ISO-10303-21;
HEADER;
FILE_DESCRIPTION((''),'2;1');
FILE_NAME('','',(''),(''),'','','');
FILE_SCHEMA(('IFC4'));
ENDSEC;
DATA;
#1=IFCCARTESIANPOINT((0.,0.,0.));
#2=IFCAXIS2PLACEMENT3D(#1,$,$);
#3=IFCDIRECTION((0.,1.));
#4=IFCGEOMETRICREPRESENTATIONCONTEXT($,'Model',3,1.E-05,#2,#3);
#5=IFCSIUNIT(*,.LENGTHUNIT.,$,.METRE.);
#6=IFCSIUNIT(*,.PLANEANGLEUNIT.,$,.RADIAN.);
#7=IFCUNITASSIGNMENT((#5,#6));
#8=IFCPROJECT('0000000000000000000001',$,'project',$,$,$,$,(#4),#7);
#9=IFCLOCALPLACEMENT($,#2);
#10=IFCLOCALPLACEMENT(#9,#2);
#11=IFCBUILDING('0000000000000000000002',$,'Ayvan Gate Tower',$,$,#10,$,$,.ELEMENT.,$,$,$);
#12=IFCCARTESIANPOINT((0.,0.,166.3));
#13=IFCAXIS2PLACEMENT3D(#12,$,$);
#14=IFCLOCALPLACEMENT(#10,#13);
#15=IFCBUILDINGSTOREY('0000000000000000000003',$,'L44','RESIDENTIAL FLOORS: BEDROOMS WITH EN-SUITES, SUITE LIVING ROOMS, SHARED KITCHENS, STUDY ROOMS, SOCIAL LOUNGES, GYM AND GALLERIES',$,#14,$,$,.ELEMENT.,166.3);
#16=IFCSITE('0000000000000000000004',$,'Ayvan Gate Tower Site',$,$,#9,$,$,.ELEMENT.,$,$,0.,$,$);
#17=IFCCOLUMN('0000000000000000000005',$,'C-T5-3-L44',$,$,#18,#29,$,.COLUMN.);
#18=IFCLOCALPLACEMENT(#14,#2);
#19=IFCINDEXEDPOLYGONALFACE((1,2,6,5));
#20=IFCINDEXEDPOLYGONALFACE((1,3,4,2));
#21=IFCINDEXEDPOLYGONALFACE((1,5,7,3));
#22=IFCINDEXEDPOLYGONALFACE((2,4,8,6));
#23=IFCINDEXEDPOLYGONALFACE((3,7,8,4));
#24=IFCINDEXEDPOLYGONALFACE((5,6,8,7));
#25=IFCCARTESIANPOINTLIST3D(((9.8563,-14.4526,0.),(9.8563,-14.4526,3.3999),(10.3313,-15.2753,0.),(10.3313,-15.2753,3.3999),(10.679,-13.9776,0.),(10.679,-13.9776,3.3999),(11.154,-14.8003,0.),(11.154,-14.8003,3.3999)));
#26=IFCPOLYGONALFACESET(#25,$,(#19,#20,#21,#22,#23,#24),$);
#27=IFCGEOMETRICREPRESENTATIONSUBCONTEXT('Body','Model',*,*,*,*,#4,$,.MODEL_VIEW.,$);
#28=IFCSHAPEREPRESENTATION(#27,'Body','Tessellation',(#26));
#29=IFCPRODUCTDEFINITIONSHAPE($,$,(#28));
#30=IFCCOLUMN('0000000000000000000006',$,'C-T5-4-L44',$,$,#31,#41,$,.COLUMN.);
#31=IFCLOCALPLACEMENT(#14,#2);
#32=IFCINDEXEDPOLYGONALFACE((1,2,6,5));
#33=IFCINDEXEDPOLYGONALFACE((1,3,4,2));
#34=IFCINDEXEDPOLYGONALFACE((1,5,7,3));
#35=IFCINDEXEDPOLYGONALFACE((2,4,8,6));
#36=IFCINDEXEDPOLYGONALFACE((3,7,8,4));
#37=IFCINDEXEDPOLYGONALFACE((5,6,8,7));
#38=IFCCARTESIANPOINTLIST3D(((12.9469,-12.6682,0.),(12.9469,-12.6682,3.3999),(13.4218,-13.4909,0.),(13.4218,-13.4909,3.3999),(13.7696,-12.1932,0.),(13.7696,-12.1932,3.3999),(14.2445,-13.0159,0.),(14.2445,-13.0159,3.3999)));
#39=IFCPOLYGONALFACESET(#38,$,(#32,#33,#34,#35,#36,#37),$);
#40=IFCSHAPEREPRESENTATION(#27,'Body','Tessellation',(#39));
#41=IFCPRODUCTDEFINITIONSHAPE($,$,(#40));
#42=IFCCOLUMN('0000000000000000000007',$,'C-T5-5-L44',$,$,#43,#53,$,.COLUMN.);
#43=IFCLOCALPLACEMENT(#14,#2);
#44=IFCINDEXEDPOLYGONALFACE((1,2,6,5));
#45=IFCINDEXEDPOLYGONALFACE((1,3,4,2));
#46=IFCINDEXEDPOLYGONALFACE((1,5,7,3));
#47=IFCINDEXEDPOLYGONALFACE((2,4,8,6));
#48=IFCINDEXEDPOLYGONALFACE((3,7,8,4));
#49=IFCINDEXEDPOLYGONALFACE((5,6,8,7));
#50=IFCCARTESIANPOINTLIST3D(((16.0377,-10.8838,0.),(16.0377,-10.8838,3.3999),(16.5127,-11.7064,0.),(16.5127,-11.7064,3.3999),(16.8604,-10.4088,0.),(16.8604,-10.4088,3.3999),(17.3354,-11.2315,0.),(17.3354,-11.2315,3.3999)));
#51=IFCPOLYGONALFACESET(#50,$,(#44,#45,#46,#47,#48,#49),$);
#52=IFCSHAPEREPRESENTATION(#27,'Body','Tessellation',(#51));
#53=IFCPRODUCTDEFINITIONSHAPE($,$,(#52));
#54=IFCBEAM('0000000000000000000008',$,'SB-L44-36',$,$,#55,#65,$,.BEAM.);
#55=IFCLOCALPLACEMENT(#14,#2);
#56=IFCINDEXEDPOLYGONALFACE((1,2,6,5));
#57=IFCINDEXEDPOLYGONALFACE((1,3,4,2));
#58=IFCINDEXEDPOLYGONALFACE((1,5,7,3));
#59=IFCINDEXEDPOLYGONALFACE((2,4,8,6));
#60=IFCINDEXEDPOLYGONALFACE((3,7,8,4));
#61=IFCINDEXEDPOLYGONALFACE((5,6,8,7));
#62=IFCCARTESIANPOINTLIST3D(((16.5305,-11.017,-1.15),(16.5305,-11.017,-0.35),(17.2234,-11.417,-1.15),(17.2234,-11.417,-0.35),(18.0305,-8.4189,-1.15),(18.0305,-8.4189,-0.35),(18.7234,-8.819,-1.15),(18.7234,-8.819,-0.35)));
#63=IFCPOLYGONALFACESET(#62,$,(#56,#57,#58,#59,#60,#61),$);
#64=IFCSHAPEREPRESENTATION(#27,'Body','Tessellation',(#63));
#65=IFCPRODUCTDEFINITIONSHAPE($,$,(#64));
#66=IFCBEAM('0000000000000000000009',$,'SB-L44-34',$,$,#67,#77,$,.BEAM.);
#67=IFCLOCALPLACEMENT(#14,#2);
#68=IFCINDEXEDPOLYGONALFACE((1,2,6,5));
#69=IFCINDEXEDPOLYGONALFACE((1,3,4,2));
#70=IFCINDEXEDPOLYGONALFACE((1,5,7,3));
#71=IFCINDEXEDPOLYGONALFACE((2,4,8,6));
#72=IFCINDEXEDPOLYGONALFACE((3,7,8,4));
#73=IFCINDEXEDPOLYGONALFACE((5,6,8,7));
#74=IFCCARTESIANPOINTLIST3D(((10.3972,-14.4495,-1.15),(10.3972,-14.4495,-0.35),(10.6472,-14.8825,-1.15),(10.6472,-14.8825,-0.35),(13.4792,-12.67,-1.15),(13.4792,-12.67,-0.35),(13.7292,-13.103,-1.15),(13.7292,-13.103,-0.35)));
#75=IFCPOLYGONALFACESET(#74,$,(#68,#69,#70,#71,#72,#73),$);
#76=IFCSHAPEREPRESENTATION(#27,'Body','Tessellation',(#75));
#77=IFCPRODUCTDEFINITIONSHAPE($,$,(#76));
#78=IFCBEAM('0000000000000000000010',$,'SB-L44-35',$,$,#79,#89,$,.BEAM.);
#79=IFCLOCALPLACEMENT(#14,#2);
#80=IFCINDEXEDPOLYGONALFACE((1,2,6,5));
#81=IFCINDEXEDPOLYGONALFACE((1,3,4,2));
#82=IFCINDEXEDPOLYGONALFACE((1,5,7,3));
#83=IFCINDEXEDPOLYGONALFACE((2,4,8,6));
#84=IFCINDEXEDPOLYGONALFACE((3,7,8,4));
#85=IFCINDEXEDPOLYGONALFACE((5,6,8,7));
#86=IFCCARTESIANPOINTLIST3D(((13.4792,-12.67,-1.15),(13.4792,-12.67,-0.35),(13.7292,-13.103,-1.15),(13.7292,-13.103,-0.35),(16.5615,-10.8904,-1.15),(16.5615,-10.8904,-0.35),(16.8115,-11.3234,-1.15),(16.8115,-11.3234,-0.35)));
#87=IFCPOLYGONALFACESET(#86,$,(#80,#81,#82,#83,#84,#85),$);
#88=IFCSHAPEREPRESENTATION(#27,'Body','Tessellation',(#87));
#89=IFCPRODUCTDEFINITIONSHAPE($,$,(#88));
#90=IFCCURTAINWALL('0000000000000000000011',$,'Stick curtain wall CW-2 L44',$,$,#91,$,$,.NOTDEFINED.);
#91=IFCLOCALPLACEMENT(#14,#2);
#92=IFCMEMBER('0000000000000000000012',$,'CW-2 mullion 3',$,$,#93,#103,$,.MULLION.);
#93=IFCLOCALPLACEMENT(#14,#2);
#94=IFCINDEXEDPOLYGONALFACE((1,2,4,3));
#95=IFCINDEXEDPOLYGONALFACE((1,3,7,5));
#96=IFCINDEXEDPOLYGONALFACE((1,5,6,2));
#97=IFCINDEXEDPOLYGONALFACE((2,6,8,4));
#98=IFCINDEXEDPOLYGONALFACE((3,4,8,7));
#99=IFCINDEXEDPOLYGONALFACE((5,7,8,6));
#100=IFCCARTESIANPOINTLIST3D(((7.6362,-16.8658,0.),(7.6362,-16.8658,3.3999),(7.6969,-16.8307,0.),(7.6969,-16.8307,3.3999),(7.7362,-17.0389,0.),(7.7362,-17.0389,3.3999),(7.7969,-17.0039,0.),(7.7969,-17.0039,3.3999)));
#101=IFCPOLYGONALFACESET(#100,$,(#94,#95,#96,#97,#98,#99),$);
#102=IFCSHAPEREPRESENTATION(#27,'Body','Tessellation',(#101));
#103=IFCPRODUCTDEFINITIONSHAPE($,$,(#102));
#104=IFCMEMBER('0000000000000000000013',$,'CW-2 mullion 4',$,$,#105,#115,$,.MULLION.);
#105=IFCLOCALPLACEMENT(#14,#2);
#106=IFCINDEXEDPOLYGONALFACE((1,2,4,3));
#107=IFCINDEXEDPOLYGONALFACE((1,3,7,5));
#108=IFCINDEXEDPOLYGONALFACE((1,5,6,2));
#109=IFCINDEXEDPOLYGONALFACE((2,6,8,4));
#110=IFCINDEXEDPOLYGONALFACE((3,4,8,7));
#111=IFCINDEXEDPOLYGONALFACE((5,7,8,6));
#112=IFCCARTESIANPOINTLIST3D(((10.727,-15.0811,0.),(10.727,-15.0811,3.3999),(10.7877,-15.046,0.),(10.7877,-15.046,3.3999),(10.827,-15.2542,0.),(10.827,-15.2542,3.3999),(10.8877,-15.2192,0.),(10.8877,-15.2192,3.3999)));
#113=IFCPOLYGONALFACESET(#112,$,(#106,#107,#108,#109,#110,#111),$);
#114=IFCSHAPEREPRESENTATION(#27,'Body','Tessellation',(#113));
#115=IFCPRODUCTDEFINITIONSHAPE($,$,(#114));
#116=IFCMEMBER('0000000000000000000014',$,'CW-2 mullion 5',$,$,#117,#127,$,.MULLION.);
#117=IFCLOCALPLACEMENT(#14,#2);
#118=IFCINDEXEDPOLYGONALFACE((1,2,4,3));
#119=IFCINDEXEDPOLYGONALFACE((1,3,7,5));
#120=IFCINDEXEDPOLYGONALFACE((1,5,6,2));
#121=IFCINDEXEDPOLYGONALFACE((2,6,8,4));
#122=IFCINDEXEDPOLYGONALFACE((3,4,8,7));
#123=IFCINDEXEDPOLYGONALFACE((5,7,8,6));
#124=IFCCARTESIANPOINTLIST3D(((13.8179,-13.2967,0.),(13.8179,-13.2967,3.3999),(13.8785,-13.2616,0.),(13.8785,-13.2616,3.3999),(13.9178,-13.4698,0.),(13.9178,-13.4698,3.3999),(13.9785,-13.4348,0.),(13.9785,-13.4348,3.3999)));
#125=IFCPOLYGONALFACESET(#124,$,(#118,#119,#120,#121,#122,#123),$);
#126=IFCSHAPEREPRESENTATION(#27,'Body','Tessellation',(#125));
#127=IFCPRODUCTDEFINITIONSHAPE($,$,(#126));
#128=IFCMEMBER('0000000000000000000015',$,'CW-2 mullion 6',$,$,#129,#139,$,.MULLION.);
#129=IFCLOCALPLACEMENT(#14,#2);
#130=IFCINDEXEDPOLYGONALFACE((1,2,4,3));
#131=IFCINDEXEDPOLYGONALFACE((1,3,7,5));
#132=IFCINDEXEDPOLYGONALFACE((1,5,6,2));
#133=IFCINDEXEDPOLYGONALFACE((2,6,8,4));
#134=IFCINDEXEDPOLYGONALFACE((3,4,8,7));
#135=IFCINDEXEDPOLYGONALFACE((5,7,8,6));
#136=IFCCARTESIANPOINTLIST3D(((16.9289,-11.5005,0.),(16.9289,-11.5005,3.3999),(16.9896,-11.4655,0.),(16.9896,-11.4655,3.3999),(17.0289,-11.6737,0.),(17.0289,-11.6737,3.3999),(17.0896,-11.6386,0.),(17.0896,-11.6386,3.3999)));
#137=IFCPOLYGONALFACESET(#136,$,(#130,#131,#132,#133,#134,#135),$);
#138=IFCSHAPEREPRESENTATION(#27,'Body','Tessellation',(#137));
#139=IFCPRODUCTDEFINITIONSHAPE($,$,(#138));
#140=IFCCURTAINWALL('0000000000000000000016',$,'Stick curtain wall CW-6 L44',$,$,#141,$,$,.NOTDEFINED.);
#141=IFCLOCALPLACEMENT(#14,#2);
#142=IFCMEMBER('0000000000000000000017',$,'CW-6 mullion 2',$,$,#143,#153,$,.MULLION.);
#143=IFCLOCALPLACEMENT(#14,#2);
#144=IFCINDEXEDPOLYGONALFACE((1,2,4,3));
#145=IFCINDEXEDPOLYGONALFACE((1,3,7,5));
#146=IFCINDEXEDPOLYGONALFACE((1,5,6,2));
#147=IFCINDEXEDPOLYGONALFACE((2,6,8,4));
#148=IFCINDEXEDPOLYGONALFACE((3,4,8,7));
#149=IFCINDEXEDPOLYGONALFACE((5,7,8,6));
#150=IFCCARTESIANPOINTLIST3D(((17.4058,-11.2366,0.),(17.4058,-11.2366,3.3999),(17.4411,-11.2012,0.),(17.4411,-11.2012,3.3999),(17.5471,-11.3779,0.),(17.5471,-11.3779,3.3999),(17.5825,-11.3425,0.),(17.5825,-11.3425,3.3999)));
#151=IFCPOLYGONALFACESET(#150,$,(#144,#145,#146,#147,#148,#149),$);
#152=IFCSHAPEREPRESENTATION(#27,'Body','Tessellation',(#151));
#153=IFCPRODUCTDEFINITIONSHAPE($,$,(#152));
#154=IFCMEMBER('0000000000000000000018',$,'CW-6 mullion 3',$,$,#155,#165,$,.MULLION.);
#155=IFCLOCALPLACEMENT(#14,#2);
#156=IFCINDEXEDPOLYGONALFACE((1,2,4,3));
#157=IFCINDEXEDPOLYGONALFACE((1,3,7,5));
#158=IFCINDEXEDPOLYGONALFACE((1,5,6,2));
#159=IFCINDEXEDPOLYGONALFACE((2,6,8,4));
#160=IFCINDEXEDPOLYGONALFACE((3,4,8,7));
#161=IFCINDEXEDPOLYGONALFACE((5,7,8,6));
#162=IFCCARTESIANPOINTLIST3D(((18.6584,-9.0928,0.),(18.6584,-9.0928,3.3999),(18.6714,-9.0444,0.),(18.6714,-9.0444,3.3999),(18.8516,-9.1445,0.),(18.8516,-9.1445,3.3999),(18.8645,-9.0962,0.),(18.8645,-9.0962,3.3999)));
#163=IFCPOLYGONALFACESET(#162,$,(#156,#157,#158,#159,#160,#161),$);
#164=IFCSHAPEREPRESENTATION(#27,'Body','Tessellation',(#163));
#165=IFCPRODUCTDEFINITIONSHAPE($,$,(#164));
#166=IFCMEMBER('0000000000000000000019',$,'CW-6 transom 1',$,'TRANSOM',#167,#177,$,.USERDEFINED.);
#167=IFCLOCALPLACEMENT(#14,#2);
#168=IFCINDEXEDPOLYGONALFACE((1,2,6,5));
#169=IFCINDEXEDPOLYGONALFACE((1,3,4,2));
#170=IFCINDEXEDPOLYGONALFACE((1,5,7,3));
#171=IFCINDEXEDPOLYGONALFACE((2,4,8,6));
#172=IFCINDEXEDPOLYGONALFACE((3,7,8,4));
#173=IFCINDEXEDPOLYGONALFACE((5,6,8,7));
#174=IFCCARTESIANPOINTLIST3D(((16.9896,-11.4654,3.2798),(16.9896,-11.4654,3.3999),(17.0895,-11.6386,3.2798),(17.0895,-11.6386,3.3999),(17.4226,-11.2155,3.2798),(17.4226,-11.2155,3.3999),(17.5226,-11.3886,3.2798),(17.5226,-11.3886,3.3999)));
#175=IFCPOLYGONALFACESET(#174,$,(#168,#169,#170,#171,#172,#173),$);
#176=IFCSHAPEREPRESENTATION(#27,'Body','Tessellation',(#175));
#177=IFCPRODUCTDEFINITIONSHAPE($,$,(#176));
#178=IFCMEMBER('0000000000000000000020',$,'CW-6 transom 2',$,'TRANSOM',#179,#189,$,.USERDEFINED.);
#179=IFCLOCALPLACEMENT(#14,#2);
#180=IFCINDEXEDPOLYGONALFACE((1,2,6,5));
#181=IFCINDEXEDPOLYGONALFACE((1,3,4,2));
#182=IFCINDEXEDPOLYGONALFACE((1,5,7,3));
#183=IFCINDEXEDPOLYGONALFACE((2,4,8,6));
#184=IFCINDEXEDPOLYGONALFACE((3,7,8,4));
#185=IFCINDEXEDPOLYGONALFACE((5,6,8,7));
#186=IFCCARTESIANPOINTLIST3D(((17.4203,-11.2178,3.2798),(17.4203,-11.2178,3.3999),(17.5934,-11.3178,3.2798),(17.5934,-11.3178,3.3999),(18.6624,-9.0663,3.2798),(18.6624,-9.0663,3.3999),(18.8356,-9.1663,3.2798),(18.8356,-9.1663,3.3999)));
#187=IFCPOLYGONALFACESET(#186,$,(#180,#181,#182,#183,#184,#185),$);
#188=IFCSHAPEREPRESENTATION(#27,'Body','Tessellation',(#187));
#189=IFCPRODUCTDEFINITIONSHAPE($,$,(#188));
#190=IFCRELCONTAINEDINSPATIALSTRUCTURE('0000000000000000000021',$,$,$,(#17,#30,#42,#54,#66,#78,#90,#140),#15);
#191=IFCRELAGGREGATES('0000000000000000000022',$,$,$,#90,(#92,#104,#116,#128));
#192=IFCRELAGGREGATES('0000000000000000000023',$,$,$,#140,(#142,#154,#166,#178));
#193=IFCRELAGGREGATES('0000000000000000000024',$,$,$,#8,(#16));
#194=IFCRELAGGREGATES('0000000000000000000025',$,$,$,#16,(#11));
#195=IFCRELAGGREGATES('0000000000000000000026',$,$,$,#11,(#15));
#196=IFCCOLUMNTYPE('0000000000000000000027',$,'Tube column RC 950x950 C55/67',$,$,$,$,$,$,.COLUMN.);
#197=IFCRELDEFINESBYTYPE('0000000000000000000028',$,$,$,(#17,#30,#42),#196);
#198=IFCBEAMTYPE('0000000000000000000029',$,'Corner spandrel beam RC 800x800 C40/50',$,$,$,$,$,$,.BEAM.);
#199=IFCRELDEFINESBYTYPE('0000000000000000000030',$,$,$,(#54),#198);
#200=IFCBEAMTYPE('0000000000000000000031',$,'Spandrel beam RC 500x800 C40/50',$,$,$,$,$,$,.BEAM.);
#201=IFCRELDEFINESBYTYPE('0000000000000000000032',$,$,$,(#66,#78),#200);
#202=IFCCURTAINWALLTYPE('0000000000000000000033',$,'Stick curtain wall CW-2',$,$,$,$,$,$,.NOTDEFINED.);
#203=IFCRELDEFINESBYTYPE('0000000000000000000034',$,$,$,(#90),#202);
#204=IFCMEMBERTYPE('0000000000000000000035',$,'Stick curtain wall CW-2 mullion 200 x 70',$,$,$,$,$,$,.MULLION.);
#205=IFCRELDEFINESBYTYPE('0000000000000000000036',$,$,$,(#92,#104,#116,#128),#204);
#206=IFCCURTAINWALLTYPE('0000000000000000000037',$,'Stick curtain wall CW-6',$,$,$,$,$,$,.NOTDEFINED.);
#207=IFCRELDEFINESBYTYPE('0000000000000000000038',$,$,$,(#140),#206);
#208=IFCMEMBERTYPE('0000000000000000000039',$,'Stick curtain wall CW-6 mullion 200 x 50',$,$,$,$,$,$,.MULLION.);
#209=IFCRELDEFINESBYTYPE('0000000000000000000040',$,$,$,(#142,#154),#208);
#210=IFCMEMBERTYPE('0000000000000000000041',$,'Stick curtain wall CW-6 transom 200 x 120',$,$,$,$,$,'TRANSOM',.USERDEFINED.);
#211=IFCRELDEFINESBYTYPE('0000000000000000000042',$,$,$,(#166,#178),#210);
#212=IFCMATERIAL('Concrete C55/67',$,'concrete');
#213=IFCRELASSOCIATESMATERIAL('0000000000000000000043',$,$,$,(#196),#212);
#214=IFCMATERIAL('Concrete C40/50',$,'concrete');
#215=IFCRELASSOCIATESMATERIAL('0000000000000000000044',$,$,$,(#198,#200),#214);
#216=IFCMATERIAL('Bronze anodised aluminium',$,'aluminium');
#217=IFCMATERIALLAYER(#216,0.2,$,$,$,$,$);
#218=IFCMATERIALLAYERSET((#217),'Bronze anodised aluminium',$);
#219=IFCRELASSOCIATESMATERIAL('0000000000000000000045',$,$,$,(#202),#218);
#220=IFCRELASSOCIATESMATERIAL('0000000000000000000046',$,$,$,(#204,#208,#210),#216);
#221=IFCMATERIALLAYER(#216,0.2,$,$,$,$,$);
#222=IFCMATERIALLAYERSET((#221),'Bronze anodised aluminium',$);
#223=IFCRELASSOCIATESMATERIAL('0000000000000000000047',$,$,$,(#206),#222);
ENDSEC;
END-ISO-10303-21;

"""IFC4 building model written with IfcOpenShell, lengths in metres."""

from ifc_helpers import new_model, si_unit, direction, frame, origin, origin_2d, place, context, subcontext, project, spatial, rectangle, extrude, material, layer, layer_set, material_profile, profile_set, type_object, element, aggregate, save


model = new_model("IFC4")

# Units and contexts
model_context = context("Model", 3, precision=1e-05, world=origin(), true_north=direction((0.0, 1.0)))
body_context = subcontext(model_context, "Body", "Model", "MODEL_VIEW")
ifc_project = project(units=[si_unit("LENGTHUNIT", "METRE"), si_unit("PLANEANGLEUNIT", "RADIAN")], contexts=[model_context])

# Site, building, storey
site_placement = place(None, origin())
site = spatial("IfcSite", under=ifc_project, at=site_placement, Name="Ayvan Gate Tower Site", CompositionType="ELEMENT", RefElevation=0.0)
building_placement = place(site_placement, origin())
building = spatial("IfcBuilding", under=site, at=building_placement, Name="Ayvan Gate Tower", CompositionType="ELEMENT")
storey_placement = place(building_placement, frame((0.0, 0.0, 166.3)))
storey = spatial("IfcBuildingStorey", under=building, at=storey_placement, Name="L44", Description="RESIDENTIAL FLOORS: BEDROOMS WITH EN-SUITES, SUITE LIVING ROOMS, SHARED KITCHENS, STUDY ROOMS, SOCIAL LOUNGES, GYM AND GALLERIES", CompositionType="ELEMENT", Elevation=166.3)

# Columns
ifc_material_1 = material(Name="Concrete C55/67", Category="concrete")
ifc_material_profile_1 = material_profile(ifc_material_1, rectangle(XDim=0.95, YDim=0.95, at=origin_2d()), Name="RC 950x950")
ifc_profile_set_1 = profile_set([ifc_material_profile_1], Name="Concrete C55/67")
column_type = type_object("IfcColumnType", Name="Tube column RC 950x950 C55/67", PredefinedType="COLUMN", material=ifc_profile_set_1)
for number, where, z_axis, x_axis, name in (
    (1, (10.5051, -14.6265, 0.0), (0.0, 0.0, 1.0), (0.5, -0.866025, 0.0), "C-T5-3-L44"),
    (2, (13.5957, -12.842, 0.0), (0.0, 0.0, 1.0), (0.5, -0.866025, 0.0), "C-T5-4-L44"),
    (3, (16.6865, -11.0576, 0.0), (0.0, 0.0, 1.0), (0.5, -0.866025, 0.0), "C-T5-5-L44"),
):
    element("IfcColumn", number, at=place(storey_placement, frame(where, z_axis=z_axis, x_axis=x_axis)), inside=storey, type_object=column_type, Name=name, PredefinedType="COLUMN", context=body_context, shape_type="SweptSolid", body=[
        extrude(rectangle(XDim=0.95, YDim=0.95, at=origin_2d()), origin(), (0.0, 0.0, 1.0), 3.3999),
    ])

# Beams
ifc_material_2 = material(Name="Concrete C40/50", Category="concrete")
ifc_material_profile_2 = material_profile(ifc_material_2, rectangle(XDim=0.8, YDim=0.8, at=origin_2d()), Name="RC 800x800")
ifc_profile_set_2 = profile_set([ifc_material_profile_2], Name="Concrete C40/50")
beam_type_1 = type_object("IfcBeamType", Name="Corner spandrel beam RC 800x800 C40/50", PredefinedType="BEAM", material=ifc_profile_set_2)
beam_1_placement = place(storey_placement, frame((16.877, -11.217, -0.75), z_axis=(0.49999, 0.866031, 0.0), x_axis=(-0.866031, 0.49999, 0.0)))
element("IfcBeam", 4, at=beam_1_placement, inside=storey, type_object=beam_type_1, Name="SB-L44-36", PredefinedType="BEAM", context=body_context, shape_type="SweptSolid", body=[
    extrude(rectangle(XDim=0.8, YDim=0.8, at=origin_2d()), origin(), (0.0, 0.0, 1.0), 3.0),
])
ifc_material_profile_3 = material_profile(ifc_material_2, rectangle(XDim=0.5, YDim=0.8, at=origin_2d()), Name="RC 500x800")
ifc_profile_set_3 = profile_set([ifc_material_profile_3], Name="Concrete C40/50")
beam_type_2 = type_object("IfcBeamType", Name="Spandrel beam RC 500x800 C40/50", PredefinedType="BEAM", material=ifc_profile_set_3)
beam_2_placement = place(storey_placement, frame((10.5222, -14.666, -0.75), z_axis=(0.86601, 0.500027, 0.0), x_axis=(-0.500027, 0.86601, 0.0)))
element("IfcBeam", 5, at=beam_2_placement, inside=storey, type_object=beam_type_2, Name="SB-L44-34", PredefinedType="BEAM", context=body_context, shape_type="SweptSolid", body=[
    extrude(rectangle(XDim=0.5, YDim=0.8, at=origin_2d()), origin(), (0.0, 0.0, 1.0), 3.5588),
])
beam_3_placement = place(storey_placement, frame((13.6042, -12.8865, -0.75), z_axis=(0.866027, 0.499998, 0.0), x_axis=(-0.499998, 0.866027, 0.0)))
element("IfcBeam", 6, at=beam_3_placement, inside=storey, type_object=beam_type_2, Name="SB-L44-35", PredefinedType="BEAM", context=body_context, shape_type="SweptSolid", body=[
    extrude(rectangle(XDim=0.5, YDim=0.8, at=origin_2d()), origin(), (0.0, 0.0, 1.0), 3.5591),
])

# Curtain walls, members
ifc_material_3 = material(Name="Bronze anodised aluminium", Category="aluminium")
ifc_layer_1 = layer(ifc_material_3, 0.2)
ifc_layer_set_1 = layer_set([ifc_layer_1], Name="Bronze anodised aluminium")
curtain_wall_type_1 = type_object("IfcCurtainWallType", Name="Stick curtain wall CW-2", PredefinedType="NOTDEFINED", material=ifc_layer_set_1)
curtain_wall_1_placement = place(storey_placement, origin())
curtain_wall_1 = element("IfcCurtainWall", 7, at=curtain_wall_1_placement, inside=storey, type_object=curtain_wall_type_1, Name="Stick curtain wall CW-2 L44", PredefinedType="NOTDEFINED")
ifc_material_profile_4 = material_profile(ifc_material_3, rectangle(XDim=0.2, YDim=0.0701, at=origin_2d()), Name="Stick curtain wall CW-2 mullion 200 x 70")
ifc_profile_set_4 = profile_set([ifc_material_profile_4], Name="Bronze anodised aluminium")
member_type_1 = type_object("IfcMemberType", Name="Stick curtain wall CW-2 mullion 200 x 70", PredefinedType="MULLION", material=ifc_profile_set_4)
member_1_placement = place(storey_placement, frame((7.7166, -16.9348, 0.0), z_axis=(0.0, 0.0, 1.0), x_axis=(0.5, -0.866025, 0.0)))
member_1 = element("IfcMember", 8, at=member_1_placement, type_object=member_type_1, Name="CW-2 mullion 3", PredefinedType="MULLION", context=body_context, shape_type="SweptSolid", body=[
    extrude(rectangle(XDim=0.2, YDim=0.0701, at=origin_2d()), origin(), (0.0, 0.0, 1.0), 3.3999),
])
member_2_placement = place(storey_placement, frame((10.8074, -15.1501, 0.0), z_axis=(0.0, 0.0, 1.0), x_axis=(0.5, -0.866025, 0.0)))
member_2 = element("IfcMember", 9, at=member_2_placement, type_object=member_type_1, Name="CW-2 mullion 4", PredefinedType="MULLION", context=body_context, shape_type="SweptSolid", body=[
    extrude(rectangle(XDim=0.2, YDim=0.0701, at=origin_2d()), origin(), (0.0, 0.0, 1.0), 3.3999),
])
member_3_placement = place(storey_placement, frame((13.8982, -13.3657, 0.0), z_axis=(0.0, 0.0, 1.0), x_axis=(0.5, -0.866025, 0.0)))
member_3 = element("IfcMember", 10, at=member_3_placement, type_object=member_type_1, Name="CW-2 mullion 5", PredefinedType="MULLION", context=body_context, shape_type="SweptSolid", body=[
    extrude(rectangle(XDim=0.2, YDim=0.0701, at=origin_2d()), origin(), (0.0, 0.0, 1.0), 3.3999),
])
member_4_placement = place(storey_placement, frame((17.0093, -11.5696, 0.0), z_axis=(0.0, 0.0, 1.0), x_axis=(0.5, -0.866025, 0.0)))
member_4 = element("IfcMember", 11, at=member_4_placement, type_object=member_type_1, Name="CW-2 mullion 6", PredefinedType="MULLION", context=body_context, shape_type="SweptSolid", body=[
    extrude(rectangle(XDim=0.2, YDim=0.0701, at=origin_2d()), origin(), (0.0, 0.0, 1.0), 3.3999),
])
ifc_layer_2 = layer(ifc_material_3, 0.2)
ifc_layer_set_2 = layer_set([ifc_layer_2], Name="Bronze anodised aluminium")
curtain_wall_type_2 = type_object("IfcCurtainWallType", Name="Stick curtain wall CW-6", PredefinedType="NOTDEFINED", material=ifc_layer_set_2)
curtain_wall_2_placement = place(storey_placement, origin())
curtain_wall_2 = element("IfcCurtainWall", 12, at=curtain_wall_2_placement, inside=storey, type_object=curtain_wall_type_2, Name="Stick curtain wall CW-6 L44", PredefinedType="NOTDEFINED")
ifc_material_profile_5 = material_profile(ifc_material_3, rectangle(XDim=0.2, YDim=0.05, at=origin_2d()), Name="Stick curtain wall CW-6 mullion 200 x 50")
ifc_profile_set_5 = profile_set([ifc_material_profile_5], Name="Bronze anodised aluminium")
member_type_2 = type_object("IfcMemberType", Name="Stick curtain wall CW-6 mullion 200 x 50", PredefinedType="MULLION", material=ifc_profile_set_5)
member_5_placement = place(storey_placement, frame((17.4941, -11.2896, 0.0), z_axis=(0.0, 0.0, 1.0), x_axis=(0.707107, -0.707107, 0.0)))
member_5 = element("IfcMember", 13, at=member_5_placement, type_object=member_type_2, Name="CW-6 mullion 2", PredefinedType="MULLION", context=body_context, shape_type="SweptSolid", body=[
    extrude(rectangle(XDim=0.2, YDim=0.05, at=origin_2d()), origin(), (0.0, 0.0, 1.0), 3.3999),
])
member_6_placement = place(storey_placement, frame((18.7615, -9.0945, 0.0), z_axis=(0.0, 0.0, 1.0), x_axis=(0.965926, -0.258819, 0.0)))
member_6 = element("IfcMember", 14, at=member_6_placement, type_object=member_type_2, Name="CW-6 mullion 3", PredefinedType="MULLION", context=body_context, shape_type="SweptSolid", body=[
    extrude(rectangle(XDim=0.2, YDim=0.05, at=origin_2d()), origin(), (0.0, 0.0, 1.0), 3.3999),
])
ifc_material_profile_6 = material_profile(ifc_material_3, rectangle(XDim=0.2, YDim=0.1201, at=origin_2d()), Name="Stick curtain wall CW-6 transom 200 x 120")
ifc_profile_set_6 = profile_set([ifc_material_profile_6], Name="Bronze anodised aluminium")
member_type_3 = type_object("IfcMemberType", Name="Stick curtain wall CW-6 transom 200 x 120", ElementType="TRANSOM", PredefinedType="USERDEFINED", material=ifc_profile_set_6)
member_7_placement = place(storey_placement, frame((17.0396, -11.552, 3.3398), z_axis=(0.866072, 0.49992, 0.0), x_axis=(-0.49992, 0.866072, 0.0)))
member_7 = element("IfcMember", 15, at=member_7_placement, type_object=member_type_3, Name="CW-6 transom 1", ObjectType="TRANSOM", PredefinedType="USERDEFINED", context=body_context, shape_type="SweptSolid", body=[
    extrude(rectangle(XDim=0.2, YDim=0.1201, at=origin_2d()), origin(), (0.0, 0.0, 1.0), 0.5),
])
member_8_placement = place(storey_placement, frame((17.5068, -11.2678, 3.3398), z_axis=(0.499986, 0.866033, 0.0), x_axis=(-0.866033, 0.499986, 0.0)))
member_8 = element("IfcMember", 16, at=member_8_placement, type_object=member_type_3, Name="CW-6 transom 2", ObjectType="TRANSOM", PredefinedType="USERDEFINED", context=body_context, shape_type="SweptSolid", body=[
    extrude(rectangle(XDim=0.2, YDim=0.1201, at=origin_2d()), origin(), (0.0, 0.0, 1.0), 2.4844),
])

aggregate(curtain_wall_1, [member_1, member_2, member_3, member_4])
aggregate(curtain_wall_2, [member_5, member_6, member_7, member_8])

save(model, "model.ifc")
